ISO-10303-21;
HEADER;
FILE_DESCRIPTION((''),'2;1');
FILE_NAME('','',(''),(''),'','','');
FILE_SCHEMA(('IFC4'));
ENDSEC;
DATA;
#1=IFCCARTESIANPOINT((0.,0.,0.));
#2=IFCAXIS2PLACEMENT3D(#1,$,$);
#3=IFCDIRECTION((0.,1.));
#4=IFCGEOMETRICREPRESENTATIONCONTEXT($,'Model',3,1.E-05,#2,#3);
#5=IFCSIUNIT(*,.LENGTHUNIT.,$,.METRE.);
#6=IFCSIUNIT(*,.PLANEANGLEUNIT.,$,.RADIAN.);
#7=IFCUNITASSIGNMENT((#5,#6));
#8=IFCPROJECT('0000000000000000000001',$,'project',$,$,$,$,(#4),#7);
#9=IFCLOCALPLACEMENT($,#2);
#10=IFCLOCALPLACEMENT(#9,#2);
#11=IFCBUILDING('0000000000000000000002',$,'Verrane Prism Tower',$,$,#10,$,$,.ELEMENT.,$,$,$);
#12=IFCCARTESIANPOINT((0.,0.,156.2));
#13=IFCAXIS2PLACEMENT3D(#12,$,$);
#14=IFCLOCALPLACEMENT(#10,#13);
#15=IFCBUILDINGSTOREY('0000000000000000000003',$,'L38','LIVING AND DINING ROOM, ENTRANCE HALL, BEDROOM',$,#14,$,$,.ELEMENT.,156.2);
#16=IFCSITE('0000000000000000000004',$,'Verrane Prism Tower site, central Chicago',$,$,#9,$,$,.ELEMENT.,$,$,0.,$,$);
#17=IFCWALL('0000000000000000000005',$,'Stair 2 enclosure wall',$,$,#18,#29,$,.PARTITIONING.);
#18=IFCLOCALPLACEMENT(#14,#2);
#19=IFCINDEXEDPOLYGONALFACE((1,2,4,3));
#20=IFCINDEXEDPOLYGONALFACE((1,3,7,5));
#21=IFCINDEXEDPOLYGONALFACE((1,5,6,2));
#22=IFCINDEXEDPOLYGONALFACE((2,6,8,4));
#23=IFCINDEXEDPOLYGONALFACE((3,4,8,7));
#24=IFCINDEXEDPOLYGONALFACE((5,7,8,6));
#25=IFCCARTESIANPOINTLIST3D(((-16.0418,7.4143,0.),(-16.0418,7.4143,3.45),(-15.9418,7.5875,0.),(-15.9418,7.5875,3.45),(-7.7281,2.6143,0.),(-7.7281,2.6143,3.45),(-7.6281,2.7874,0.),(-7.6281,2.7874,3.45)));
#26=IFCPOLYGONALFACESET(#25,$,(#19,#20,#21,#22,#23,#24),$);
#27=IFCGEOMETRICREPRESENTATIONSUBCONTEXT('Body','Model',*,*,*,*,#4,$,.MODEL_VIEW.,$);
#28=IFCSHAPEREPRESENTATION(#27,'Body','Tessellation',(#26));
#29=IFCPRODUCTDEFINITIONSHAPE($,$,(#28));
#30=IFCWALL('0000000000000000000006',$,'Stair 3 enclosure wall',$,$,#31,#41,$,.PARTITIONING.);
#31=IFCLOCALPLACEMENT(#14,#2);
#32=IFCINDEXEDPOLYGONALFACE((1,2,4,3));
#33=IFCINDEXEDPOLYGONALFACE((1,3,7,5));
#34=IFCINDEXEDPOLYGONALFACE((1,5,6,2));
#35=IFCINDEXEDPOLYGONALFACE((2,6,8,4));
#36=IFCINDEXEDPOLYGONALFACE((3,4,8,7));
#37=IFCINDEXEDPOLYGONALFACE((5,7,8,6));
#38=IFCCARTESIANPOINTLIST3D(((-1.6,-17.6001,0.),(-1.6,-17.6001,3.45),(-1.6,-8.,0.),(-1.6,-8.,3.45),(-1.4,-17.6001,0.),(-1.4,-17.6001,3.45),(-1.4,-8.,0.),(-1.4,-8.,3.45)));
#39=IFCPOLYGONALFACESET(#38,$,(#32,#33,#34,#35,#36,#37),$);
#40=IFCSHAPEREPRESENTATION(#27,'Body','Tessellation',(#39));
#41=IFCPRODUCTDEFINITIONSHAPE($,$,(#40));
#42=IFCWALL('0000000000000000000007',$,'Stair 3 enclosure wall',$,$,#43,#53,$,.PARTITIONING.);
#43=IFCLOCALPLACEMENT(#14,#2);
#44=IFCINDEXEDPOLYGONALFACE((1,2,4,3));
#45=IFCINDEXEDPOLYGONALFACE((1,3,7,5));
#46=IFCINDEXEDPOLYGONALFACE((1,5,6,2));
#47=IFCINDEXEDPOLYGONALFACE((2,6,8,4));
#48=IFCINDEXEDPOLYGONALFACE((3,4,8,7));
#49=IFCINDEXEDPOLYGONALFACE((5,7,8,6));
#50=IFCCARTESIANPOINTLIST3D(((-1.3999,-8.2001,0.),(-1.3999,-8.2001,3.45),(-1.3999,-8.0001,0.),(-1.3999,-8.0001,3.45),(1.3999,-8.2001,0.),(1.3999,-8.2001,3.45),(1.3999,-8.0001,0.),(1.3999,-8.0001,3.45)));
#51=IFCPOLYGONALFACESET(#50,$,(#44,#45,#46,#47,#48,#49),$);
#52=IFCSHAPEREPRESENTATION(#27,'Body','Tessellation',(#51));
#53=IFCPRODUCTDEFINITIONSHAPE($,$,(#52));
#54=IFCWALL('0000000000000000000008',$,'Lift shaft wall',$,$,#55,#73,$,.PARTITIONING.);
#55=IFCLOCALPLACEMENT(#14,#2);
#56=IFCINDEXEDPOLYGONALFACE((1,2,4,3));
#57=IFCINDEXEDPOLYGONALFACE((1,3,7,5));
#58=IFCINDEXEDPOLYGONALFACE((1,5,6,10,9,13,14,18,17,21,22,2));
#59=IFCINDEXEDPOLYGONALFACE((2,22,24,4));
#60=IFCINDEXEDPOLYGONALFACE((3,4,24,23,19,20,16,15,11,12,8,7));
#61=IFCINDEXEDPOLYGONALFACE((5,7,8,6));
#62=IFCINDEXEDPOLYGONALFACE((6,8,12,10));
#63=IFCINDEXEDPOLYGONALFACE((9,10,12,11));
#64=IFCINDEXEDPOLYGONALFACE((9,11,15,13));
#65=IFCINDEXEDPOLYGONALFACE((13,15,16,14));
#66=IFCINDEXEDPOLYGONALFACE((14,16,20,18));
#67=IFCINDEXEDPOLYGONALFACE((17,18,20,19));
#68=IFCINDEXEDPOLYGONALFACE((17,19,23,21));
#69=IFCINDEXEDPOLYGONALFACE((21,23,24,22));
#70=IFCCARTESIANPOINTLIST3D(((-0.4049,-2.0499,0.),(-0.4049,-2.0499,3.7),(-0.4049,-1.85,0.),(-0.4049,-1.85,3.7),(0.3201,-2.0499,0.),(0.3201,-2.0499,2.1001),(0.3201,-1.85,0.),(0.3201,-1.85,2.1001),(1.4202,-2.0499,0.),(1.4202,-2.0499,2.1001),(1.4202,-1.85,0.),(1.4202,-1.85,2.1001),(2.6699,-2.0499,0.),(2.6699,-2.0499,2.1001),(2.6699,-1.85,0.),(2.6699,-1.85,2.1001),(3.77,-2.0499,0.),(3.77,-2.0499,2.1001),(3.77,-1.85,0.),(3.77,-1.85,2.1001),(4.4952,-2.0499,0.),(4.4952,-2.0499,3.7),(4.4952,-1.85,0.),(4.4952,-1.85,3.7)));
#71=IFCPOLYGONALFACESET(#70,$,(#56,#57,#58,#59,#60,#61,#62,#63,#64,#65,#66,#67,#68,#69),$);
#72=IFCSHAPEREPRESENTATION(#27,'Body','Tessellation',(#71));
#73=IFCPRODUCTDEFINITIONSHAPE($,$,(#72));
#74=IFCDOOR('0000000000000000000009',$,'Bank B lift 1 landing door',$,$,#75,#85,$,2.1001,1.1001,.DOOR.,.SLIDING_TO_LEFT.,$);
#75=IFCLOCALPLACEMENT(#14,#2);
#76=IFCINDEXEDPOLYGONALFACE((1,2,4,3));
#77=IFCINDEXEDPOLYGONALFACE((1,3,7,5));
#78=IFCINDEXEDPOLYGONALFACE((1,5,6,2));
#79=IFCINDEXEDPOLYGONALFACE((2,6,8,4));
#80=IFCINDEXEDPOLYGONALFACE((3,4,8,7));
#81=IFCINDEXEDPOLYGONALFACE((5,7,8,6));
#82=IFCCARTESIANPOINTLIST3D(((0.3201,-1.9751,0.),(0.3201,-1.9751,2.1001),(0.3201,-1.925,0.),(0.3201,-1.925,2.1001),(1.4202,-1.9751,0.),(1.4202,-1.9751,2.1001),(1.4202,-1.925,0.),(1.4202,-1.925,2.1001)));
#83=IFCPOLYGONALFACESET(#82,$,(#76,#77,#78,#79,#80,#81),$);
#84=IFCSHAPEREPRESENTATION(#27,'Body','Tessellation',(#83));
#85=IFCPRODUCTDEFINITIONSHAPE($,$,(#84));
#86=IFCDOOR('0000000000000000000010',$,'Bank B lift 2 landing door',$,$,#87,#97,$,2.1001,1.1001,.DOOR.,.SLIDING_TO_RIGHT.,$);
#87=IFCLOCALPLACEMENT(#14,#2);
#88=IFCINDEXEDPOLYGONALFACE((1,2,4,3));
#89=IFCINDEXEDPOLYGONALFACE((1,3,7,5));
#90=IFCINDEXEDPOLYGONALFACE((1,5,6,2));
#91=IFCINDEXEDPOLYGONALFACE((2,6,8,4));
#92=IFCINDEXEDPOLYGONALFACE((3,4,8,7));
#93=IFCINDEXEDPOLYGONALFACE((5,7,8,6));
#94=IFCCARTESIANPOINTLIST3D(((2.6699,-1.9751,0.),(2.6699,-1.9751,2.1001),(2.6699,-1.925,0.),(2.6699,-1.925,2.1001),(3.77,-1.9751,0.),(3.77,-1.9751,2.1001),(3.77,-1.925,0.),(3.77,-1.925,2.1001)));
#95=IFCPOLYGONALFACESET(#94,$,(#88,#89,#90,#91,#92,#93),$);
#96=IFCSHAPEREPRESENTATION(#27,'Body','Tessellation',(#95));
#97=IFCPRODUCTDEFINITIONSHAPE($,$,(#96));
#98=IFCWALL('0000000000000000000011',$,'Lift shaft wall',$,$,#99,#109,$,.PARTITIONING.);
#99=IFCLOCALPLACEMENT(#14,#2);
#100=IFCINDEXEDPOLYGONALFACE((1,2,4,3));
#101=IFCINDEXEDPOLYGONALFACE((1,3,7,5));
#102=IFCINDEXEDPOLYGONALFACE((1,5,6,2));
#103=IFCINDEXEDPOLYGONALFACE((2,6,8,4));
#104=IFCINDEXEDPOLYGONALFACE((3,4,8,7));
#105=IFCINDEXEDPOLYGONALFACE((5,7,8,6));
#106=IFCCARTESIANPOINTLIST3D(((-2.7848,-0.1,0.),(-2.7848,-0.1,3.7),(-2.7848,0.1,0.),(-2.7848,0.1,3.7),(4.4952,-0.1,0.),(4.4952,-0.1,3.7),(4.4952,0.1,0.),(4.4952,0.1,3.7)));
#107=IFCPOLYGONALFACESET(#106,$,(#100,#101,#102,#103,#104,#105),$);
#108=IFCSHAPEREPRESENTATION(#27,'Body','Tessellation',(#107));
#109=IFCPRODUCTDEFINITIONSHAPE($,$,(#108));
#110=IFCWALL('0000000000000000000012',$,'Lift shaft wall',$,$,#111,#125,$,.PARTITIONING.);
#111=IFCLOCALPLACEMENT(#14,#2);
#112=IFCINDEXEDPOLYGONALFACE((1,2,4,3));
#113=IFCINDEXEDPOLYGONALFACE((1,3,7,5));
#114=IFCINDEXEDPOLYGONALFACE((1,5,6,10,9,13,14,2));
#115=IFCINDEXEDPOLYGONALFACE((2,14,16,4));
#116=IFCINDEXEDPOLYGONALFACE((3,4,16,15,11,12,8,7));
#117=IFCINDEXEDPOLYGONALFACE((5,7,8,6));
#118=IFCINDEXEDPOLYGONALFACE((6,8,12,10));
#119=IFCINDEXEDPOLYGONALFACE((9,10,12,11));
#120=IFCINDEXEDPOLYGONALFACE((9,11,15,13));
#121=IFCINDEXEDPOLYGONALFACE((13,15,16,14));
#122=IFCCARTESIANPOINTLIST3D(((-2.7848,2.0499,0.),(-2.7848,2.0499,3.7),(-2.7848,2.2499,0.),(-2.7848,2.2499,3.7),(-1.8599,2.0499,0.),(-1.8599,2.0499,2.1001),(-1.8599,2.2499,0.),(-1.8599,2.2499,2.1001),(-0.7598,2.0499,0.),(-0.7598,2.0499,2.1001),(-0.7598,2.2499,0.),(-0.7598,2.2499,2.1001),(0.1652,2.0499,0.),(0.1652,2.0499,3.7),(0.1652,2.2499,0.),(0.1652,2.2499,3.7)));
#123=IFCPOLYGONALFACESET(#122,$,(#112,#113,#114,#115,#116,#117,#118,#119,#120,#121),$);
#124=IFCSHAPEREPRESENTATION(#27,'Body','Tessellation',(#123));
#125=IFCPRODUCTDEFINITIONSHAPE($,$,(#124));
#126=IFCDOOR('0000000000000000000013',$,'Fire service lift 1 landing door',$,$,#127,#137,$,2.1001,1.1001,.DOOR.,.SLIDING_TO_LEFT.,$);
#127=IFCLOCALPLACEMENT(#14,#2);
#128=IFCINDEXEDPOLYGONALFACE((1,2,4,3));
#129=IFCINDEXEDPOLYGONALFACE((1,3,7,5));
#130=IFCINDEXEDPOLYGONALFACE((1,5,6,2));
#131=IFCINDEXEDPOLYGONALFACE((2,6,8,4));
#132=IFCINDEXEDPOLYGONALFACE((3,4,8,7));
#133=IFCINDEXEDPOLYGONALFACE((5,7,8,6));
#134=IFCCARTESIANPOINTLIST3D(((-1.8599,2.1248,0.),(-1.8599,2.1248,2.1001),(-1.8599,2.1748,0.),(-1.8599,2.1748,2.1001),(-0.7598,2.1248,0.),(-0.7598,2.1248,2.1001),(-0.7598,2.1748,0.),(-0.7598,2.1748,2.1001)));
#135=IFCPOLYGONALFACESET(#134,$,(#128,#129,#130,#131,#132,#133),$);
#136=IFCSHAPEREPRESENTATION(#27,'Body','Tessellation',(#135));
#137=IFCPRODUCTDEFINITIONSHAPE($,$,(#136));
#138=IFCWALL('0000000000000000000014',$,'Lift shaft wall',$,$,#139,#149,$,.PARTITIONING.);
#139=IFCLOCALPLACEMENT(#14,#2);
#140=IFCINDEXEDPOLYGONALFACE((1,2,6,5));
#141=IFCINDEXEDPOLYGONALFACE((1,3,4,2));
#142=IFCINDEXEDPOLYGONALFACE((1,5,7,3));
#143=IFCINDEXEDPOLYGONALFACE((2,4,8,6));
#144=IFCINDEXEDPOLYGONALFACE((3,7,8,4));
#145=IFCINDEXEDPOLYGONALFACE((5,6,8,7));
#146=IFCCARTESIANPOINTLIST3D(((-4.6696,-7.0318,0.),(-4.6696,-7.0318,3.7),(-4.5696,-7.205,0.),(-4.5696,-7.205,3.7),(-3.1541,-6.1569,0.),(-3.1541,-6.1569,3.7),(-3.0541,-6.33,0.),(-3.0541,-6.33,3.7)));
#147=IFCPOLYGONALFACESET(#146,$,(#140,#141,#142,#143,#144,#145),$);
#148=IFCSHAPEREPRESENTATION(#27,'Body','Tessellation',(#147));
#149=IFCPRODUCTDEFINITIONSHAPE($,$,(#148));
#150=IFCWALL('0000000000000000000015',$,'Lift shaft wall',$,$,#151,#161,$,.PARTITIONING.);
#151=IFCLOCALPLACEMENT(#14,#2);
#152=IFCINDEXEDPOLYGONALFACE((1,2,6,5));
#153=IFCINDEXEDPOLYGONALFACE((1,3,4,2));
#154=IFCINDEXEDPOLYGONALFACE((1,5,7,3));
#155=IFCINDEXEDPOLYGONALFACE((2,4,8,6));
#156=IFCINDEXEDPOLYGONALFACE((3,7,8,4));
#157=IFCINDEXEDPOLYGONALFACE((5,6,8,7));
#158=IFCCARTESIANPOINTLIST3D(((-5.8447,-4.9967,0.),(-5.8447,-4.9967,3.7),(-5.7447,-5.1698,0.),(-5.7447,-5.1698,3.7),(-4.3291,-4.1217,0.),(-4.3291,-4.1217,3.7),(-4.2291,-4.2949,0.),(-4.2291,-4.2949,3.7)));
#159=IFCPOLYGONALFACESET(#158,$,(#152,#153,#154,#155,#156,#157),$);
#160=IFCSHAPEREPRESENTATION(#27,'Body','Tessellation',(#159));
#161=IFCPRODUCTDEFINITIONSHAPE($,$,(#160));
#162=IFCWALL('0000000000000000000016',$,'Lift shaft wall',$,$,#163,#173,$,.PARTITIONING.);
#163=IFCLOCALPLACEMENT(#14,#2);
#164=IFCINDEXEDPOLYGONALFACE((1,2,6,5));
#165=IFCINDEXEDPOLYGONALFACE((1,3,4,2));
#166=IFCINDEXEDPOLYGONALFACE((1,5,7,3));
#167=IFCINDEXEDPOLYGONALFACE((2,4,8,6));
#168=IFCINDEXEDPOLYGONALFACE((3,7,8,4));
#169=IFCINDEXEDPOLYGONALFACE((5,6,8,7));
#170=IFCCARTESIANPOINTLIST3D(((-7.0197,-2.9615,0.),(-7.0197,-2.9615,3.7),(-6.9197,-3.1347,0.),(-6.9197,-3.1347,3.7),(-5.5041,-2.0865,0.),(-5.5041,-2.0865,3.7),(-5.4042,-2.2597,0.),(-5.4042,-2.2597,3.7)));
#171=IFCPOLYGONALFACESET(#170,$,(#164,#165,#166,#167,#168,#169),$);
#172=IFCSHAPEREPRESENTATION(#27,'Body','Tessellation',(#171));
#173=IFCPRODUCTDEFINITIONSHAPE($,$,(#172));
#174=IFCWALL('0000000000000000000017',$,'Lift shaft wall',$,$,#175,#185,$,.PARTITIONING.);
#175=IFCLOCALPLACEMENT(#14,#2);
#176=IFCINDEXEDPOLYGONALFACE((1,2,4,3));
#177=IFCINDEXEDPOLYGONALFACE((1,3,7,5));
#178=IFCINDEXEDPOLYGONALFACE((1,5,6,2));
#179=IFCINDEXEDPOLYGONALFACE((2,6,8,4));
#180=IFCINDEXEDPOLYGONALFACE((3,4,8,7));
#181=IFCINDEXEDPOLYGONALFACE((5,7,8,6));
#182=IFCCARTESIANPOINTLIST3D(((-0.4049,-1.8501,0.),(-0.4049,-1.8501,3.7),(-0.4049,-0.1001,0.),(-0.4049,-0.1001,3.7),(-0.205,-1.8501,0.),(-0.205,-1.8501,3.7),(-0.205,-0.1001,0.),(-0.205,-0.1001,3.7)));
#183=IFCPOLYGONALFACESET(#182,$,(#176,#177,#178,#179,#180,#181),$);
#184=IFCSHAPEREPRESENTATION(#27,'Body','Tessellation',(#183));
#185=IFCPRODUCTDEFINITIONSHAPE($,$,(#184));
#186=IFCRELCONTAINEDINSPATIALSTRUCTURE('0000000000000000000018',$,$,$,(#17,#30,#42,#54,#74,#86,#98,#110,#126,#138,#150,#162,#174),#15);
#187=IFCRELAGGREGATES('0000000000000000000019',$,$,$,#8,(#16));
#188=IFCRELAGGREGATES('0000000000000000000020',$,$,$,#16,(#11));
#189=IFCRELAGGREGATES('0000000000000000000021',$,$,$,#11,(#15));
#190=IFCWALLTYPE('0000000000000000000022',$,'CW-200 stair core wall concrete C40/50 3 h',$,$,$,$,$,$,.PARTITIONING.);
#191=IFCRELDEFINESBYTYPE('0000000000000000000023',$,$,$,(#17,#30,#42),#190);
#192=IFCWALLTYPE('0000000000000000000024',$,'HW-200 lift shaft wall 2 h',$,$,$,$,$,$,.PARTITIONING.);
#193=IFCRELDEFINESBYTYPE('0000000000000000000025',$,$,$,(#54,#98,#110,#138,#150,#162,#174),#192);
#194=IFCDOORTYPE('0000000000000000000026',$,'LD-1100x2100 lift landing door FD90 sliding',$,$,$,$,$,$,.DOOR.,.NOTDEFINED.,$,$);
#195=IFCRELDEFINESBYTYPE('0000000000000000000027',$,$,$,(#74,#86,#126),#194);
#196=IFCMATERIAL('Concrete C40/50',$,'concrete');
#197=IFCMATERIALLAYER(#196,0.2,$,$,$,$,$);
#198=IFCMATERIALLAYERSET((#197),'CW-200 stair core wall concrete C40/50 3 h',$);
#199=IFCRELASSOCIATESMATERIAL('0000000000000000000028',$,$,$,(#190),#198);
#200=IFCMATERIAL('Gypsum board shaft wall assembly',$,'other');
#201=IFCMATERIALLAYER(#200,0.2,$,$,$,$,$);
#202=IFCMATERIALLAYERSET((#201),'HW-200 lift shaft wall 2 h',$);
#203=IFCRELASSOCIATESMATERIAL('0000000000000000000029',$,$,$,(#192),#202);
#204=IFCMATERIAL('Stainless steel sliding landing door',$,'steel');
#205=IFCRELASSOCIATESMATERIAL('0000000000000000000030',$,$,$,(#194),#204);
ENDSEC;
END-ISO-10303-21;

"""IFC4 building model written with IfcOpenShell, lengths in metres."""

from ifc_helpers import new_model, si_unit, direction, frame, frame_2d, origin, place, context, subcontext, project, spatial, rectangle, extrude, material, layer, layer_set, type_object, element, fill, save


model = new_model("IFC4")

# Units and contexts
model_context = context("Model", 3, precision=1e-05, world=origin(), true_north=direction((0.0, 1.0)))
body_context = subcontext(model_context, "Body", "Model", "MODEL_VIEW")
ifc_project = project(units=[si_unit("LENGTHUNIT", "METRE"), si_unit("PLANEANGLEUNIT", "RADIAN")], contexts=[model_context])

# Site, building, storey
site_placement = place(None, origin())
site = spatial("IfcSite", under=ifc_project, at=site_placement, Name="Verrane Prism Tower site, central Chicago", CompositionType="ELEMENT", RefElevation=0.0)
building_placement = place(site_placement, origin())
building = spatial("IfcBuilding", under=site, at=building_placement, Name="Verrane Prism Tower", CompositionType="ELEMENT")
storey_placement = place(building_placement, frame((0.0, 0.0, 156.2)))
storey = spatial("IfcBuildingStorey", under=building, at=storey_placement, Name="L38", Description="LIVING AND DINING ROOM, ENTRANCE HALL, BEDROOM", CompositionType="ELEMENT", Elevation=156.2)

# Walls
ifc_material_1 = material(Name="Concrete C40/50", Category="concrete")
ifc_layer_1 = layer(ifc_material_1, 0.2)
ifc_layer_set_1 = layer_set([ifc_layer_1], Name="CW-200 stair core wall concrete C40/50 3 h")
wall_type_1 = type_object("IfcWallType", Name="CW-200 stair core wall concrete C40/50 3 h", PredefinedType="PARTITIONING", material=ifc_layer_set_1)
wall_1_placement = place(storey_placement, frame((-7.6782, 2.7009, 0.0), z_axis=(0.0, 0.0, 1.0), x_axis=(-0.86602, 0.500009, 0.0)))
element("IfcWall", 1, at=wall_1_placement, inside=storey, type_object=wall_type_1, Name="Stair 2 enclosure wall", PredefinedType="PARTITIONING", context=body_context, shape_type="SweptSolid", body=[
    extrude(rectangle(XDim=9.5999, YDim=0.2, at=frame_2d((4.7998, 0.0))), origin(), (0.0, 0.0, 1.0), 3.45),
])
wall_2_placement = place(storey_placement, frame((-1.5, -8.0, 0.0), z_axis=(0.0, 0.0, 1.0), x_axis=(0.0, -1.0, 0.0)))
element("IfcWall", 2, at=wall_2_placement, inside=storey, type_object=wall_type_1, Name="Stair 3 enclosure wall", PredefinedType="PARTITIONING", context=body_context, shape_type="SweptSolid", body=[
    extrude(rectangle(XDim=9.6001, YDim=0.2, at=frame_2d((4.8, 0.0))), origin(), (0.0, 0.0, 1.0), 3.45),
])
wall_3_placement = place(storey_placement, frame((-1.3999, -8.1001, 0.0), z_axis=(0.0, 0.0, 1.0), x_axis=(1.0, 0.0, 0.0)))
element("IfcWall", 3, at=wall_3_placement, inside=storey, type_object=wall_type_1, Name="Stair 3 enclosure wall", PredefinedType="PARTITIONING", context=body_context, shape_type="SweptSolid", body=[
    extrude(rectangle(XDim=2.7998, YDim=0.2, at=frame_2d((1.3999, 0.0))), origin(), (0.0, 0.0, 1.0), 3.45),
])

# Wall, openings, doors
ifc_material_2 = material(Name="Gypsum board shaft wall assembly", Category="other")
ifc_layer_2 = layer(ifc_material_2, 0.2)
ifc_layer_set_2 = layer_set([ifc_layer_2], Name="HW-200 lift shaft wall 2 h")
wall_type_2 = type_object("IfcWallType", Name="HW-200 lift shaft wall 2 h", PredefinedType="PARTITIONING", material=ifc_layer_set_2)
wall_4_placement = place(storey_placement, frame((-0.405, -1.95, 0.0), z_axis=(0.0, 0.0, 1.0), x_axis=(1.0, 0.0, 0.0)))
wall_4 = element("IfcWall", 4, at=wall_4_placement, inside=storey, type_object=wall_type_2, Name="Lift shaft wall", PredefinedType="PARTITIONING", context=body_context, shape_type="SweptSolid", body=[
    extrude(rectangle(XDim=4.9001, YDim=0.2, at=frame_2d((2.4502, 0.0))), origin(), (0.0, 0.0, 1.0), 3.7),
])
opening_1_placement = place(wall_4_placement, frame((0.7251, 0.0, 0.0)))
opening_1 = element("IfcOpeningElement", 5, at=opening_1_placement, cuts=wall_4, PredefinedType="OPENING", context=body_context, shape_type="SweptSolid", body=[
    extrude(rectangle(XDim=1.1001, YDim=2.1001, at=frame_2d((0.55, 1.05))), frame((0.0, 0.1099, 0.0), z_axis=(0.0, -1.0, 0.0), x_axis=(1.0, 0.0, 0.0)), (0.0, 0.0, 1.0), 0.22),
])
opening_2_placement = place(wall_4_placement, frame((3.075, 0.0, 0.0)))
opening_2 = element("IfcOpeningElement", 6, at=opening_2_placement, cuts=wall_4, PredefinedType="OPENING", context=body_context, shape_type="SweptSolid", body=[
    extrude(rectangle(XDim=1.1001, YDim=2.1001, at=frame_2d((0.55, 1.05))), frame((0.0, 0.1099, 0.0), z_axis=(0.0, -1.0, 0.0), x_axis=(1.0, 0.0, 0.0)), (0.0, 0.0, 1.0), 0.22),
])
ifc_material_3 = material(Name="Stainless steel sliding landing door", Category="steel")
door_type_1 = type_object("IfcDoorType", Name="LD-1100x2100 lift landing door FD90 sliding", OperationType="NOTDEFINED", PredefinedType="DOOR", material=ifc_material_3)
door_1_placement = place(opening_1_placement, origin())
door_1 = element("IfcDoor", 7, at=door_1_placement, inside=storey, type_object=door_type_1, Name="Bank B lift 1 landing door", OperationType="SLIDING_TO_LEFT", OverallHeight=2.1001, OverallWidth=1.1001, PredefinedType="DOOR", context=body_context, shape_type="SweptSolid", body=[
    extrude(rectangle(XDim=1.1001, YDim=2.1001, at=frame_2d((0.55, 1.05))), frame((0.0, 0.0249, 0.0), z_axis=(0.0, -1.0, 0.0), x_axis=(1.0, 0.0, 0.0)), (0.0, 0.0, 1.0), 0.05),
])
fill(opening_1, door_1)
door_2_placement = place(opening_2_placement, origin())
door_2 = element("IfcDoor", 8, at=door_2_placement, inside=storey, type_object=door_type_1, Name="Bank B lift 2 landing door", OperationType="SLIDING_TO_RIGHT", OverallHeight=2.1001, OverallWidth=1.1001, PredefinedType="DOOR", context=body_context, shape_type="SweptSolid", body=[
    extrude(rectangle(XDim=1.1001, YDim=2.1001, at=frame_2d((0.55, 1.05))), frame((0.0, 0.0249, 0.0), z_axis=(0.0, -1.0, 0.0), x_axis=(1.0, 0.0, 0.0)), (0.0, 0.0, 1.0), 0.05),
])
fill(opening_2, door_2)

# Wall
wall_5_placement = place(storey_placement, frame((-2.7849, 0.0, 0.0), z_axis=(0.0, 0.0, 1.0), x_axis=(1.0, 0.0, 0.0)))
element("IfcWall", 9, at=wall_5_placement, inside=storey, type_object=wall_type_2, Name="Lift shaft wall", PredefinedType="PARTITIONING", context=body_context, shape_type="SweptSolid", body=[
    extrude(rectangle(XDim=7.28, YDim=0.2, at=frame_2d((3.6401, 0.0))), origin(), (0.0, 0.0, 1.0), 3.7),
])

# Wall, opening, door
wall_6_placement = place(storey_placement, frame((-2.7849, 2.1499, 0.0), z_axis=(0.0, 0.0, 1.0), x_axis=(1.0, 0.0, 0.0)))
wall_6 = element("IfcWall", 10, at=wall_6_placement, inside=storey, type_object=wall_type_2, Name="Lift shaft wall", PredefinedType="PARTITIONING", context=body_context, shape_type="SweptSolid", body=[
    extrude(rectangle(XDim=2.95, YDim=0.2, at=frame_2d((1.4751, 0.0))), origin(), (0.0, 0.0, 1.0), 3.7),
])
opening_3_placement = place(wall_6_placement, frame((0.925, 0.0, 0.0)))
opening_3 = element("IfcOpeningElement", 11, at=opening_3_placement, cuts=wall_6, PredefinedType="OPENING", context=body_context, shape_type="SweptSolid", body=[
    extrude(rectangle(XDim=1.1001, YDim=2.1001, at=frame_2d((0.55, 1.05))), frame((0.0, 0.1099, 0.0), z_axis=(0.0, -1.0, 0.0), x_axis=(1.0, 0.0, 0.0)), (0.0, 0.0, 1.0), 0.22),
])
door_3_placement = place(opening_3_placement, origin())
door_3 = element("IfcDoor", 12, at=door_3_placement, inside=storey, type_object=door_type_1, Name="Fire service lift 1 landing door", OperationType="SLIDING_TO_LEFT", OverallHeight=2.1001, OverallWidth=1.1001, PredefinedType="DOOR", context=body_context, shape_type="SweptSolid", body=[
    extrude(rectangle(XDim=1.1001, YDim=2.1001, at=frame_2d((0.55, 1.05))), frame((0.0, 0.0249, 0.0), z_axis=(0.0, -1.0, 0.0), x_axis=(1.0, 0.0, 0.0)), (0.0, 0.0, 1.0), 0.05),
])
fill(opening_3, door_3)

# Walls
for number, where, z_axis, x_axis, name in (
    (13, (-4.6196, -7.1184, 0.0), (0.0, 0.0, 1.0), (0.866037, 0.49998, 0.0), "Lift shaft wall"),
    (14, (-5.7947, -5.0833, 0.0), (0.0, 0.0, 1.0), (0.866037, 0.49998, 0.0), "Lift shaft wall"),
    (15, (-6.9697, -3.0481, 0.0), (0.0, 0.0, 1.0), (0.866037, 0.49998, 0.0), "Lift shaft wall"),
    (16, (-0.3049, -1.8501, 0.0), (0.0, 0.0, 1.0), (0.0, 1.0, 0.0), "Lift shaft wall"),
):
    element("IfcWall", number, at=place(storey_placement, frame(where, z_axis=z_axis, x_axis=x_axis)), inside=storey, type_object=wall_type_2, Name=name, PredefinedType="PARTITIONING", context=body_context, shape_type="SweptSolid", body=[
        extrude(rectangle(XDim=1.75, YDim=0.2, at=frame_2d((0.875, 0.0))), origin(), (0.0, 0.0, 1.0), 3.7),
    ])

save(model, "model.ifc")
